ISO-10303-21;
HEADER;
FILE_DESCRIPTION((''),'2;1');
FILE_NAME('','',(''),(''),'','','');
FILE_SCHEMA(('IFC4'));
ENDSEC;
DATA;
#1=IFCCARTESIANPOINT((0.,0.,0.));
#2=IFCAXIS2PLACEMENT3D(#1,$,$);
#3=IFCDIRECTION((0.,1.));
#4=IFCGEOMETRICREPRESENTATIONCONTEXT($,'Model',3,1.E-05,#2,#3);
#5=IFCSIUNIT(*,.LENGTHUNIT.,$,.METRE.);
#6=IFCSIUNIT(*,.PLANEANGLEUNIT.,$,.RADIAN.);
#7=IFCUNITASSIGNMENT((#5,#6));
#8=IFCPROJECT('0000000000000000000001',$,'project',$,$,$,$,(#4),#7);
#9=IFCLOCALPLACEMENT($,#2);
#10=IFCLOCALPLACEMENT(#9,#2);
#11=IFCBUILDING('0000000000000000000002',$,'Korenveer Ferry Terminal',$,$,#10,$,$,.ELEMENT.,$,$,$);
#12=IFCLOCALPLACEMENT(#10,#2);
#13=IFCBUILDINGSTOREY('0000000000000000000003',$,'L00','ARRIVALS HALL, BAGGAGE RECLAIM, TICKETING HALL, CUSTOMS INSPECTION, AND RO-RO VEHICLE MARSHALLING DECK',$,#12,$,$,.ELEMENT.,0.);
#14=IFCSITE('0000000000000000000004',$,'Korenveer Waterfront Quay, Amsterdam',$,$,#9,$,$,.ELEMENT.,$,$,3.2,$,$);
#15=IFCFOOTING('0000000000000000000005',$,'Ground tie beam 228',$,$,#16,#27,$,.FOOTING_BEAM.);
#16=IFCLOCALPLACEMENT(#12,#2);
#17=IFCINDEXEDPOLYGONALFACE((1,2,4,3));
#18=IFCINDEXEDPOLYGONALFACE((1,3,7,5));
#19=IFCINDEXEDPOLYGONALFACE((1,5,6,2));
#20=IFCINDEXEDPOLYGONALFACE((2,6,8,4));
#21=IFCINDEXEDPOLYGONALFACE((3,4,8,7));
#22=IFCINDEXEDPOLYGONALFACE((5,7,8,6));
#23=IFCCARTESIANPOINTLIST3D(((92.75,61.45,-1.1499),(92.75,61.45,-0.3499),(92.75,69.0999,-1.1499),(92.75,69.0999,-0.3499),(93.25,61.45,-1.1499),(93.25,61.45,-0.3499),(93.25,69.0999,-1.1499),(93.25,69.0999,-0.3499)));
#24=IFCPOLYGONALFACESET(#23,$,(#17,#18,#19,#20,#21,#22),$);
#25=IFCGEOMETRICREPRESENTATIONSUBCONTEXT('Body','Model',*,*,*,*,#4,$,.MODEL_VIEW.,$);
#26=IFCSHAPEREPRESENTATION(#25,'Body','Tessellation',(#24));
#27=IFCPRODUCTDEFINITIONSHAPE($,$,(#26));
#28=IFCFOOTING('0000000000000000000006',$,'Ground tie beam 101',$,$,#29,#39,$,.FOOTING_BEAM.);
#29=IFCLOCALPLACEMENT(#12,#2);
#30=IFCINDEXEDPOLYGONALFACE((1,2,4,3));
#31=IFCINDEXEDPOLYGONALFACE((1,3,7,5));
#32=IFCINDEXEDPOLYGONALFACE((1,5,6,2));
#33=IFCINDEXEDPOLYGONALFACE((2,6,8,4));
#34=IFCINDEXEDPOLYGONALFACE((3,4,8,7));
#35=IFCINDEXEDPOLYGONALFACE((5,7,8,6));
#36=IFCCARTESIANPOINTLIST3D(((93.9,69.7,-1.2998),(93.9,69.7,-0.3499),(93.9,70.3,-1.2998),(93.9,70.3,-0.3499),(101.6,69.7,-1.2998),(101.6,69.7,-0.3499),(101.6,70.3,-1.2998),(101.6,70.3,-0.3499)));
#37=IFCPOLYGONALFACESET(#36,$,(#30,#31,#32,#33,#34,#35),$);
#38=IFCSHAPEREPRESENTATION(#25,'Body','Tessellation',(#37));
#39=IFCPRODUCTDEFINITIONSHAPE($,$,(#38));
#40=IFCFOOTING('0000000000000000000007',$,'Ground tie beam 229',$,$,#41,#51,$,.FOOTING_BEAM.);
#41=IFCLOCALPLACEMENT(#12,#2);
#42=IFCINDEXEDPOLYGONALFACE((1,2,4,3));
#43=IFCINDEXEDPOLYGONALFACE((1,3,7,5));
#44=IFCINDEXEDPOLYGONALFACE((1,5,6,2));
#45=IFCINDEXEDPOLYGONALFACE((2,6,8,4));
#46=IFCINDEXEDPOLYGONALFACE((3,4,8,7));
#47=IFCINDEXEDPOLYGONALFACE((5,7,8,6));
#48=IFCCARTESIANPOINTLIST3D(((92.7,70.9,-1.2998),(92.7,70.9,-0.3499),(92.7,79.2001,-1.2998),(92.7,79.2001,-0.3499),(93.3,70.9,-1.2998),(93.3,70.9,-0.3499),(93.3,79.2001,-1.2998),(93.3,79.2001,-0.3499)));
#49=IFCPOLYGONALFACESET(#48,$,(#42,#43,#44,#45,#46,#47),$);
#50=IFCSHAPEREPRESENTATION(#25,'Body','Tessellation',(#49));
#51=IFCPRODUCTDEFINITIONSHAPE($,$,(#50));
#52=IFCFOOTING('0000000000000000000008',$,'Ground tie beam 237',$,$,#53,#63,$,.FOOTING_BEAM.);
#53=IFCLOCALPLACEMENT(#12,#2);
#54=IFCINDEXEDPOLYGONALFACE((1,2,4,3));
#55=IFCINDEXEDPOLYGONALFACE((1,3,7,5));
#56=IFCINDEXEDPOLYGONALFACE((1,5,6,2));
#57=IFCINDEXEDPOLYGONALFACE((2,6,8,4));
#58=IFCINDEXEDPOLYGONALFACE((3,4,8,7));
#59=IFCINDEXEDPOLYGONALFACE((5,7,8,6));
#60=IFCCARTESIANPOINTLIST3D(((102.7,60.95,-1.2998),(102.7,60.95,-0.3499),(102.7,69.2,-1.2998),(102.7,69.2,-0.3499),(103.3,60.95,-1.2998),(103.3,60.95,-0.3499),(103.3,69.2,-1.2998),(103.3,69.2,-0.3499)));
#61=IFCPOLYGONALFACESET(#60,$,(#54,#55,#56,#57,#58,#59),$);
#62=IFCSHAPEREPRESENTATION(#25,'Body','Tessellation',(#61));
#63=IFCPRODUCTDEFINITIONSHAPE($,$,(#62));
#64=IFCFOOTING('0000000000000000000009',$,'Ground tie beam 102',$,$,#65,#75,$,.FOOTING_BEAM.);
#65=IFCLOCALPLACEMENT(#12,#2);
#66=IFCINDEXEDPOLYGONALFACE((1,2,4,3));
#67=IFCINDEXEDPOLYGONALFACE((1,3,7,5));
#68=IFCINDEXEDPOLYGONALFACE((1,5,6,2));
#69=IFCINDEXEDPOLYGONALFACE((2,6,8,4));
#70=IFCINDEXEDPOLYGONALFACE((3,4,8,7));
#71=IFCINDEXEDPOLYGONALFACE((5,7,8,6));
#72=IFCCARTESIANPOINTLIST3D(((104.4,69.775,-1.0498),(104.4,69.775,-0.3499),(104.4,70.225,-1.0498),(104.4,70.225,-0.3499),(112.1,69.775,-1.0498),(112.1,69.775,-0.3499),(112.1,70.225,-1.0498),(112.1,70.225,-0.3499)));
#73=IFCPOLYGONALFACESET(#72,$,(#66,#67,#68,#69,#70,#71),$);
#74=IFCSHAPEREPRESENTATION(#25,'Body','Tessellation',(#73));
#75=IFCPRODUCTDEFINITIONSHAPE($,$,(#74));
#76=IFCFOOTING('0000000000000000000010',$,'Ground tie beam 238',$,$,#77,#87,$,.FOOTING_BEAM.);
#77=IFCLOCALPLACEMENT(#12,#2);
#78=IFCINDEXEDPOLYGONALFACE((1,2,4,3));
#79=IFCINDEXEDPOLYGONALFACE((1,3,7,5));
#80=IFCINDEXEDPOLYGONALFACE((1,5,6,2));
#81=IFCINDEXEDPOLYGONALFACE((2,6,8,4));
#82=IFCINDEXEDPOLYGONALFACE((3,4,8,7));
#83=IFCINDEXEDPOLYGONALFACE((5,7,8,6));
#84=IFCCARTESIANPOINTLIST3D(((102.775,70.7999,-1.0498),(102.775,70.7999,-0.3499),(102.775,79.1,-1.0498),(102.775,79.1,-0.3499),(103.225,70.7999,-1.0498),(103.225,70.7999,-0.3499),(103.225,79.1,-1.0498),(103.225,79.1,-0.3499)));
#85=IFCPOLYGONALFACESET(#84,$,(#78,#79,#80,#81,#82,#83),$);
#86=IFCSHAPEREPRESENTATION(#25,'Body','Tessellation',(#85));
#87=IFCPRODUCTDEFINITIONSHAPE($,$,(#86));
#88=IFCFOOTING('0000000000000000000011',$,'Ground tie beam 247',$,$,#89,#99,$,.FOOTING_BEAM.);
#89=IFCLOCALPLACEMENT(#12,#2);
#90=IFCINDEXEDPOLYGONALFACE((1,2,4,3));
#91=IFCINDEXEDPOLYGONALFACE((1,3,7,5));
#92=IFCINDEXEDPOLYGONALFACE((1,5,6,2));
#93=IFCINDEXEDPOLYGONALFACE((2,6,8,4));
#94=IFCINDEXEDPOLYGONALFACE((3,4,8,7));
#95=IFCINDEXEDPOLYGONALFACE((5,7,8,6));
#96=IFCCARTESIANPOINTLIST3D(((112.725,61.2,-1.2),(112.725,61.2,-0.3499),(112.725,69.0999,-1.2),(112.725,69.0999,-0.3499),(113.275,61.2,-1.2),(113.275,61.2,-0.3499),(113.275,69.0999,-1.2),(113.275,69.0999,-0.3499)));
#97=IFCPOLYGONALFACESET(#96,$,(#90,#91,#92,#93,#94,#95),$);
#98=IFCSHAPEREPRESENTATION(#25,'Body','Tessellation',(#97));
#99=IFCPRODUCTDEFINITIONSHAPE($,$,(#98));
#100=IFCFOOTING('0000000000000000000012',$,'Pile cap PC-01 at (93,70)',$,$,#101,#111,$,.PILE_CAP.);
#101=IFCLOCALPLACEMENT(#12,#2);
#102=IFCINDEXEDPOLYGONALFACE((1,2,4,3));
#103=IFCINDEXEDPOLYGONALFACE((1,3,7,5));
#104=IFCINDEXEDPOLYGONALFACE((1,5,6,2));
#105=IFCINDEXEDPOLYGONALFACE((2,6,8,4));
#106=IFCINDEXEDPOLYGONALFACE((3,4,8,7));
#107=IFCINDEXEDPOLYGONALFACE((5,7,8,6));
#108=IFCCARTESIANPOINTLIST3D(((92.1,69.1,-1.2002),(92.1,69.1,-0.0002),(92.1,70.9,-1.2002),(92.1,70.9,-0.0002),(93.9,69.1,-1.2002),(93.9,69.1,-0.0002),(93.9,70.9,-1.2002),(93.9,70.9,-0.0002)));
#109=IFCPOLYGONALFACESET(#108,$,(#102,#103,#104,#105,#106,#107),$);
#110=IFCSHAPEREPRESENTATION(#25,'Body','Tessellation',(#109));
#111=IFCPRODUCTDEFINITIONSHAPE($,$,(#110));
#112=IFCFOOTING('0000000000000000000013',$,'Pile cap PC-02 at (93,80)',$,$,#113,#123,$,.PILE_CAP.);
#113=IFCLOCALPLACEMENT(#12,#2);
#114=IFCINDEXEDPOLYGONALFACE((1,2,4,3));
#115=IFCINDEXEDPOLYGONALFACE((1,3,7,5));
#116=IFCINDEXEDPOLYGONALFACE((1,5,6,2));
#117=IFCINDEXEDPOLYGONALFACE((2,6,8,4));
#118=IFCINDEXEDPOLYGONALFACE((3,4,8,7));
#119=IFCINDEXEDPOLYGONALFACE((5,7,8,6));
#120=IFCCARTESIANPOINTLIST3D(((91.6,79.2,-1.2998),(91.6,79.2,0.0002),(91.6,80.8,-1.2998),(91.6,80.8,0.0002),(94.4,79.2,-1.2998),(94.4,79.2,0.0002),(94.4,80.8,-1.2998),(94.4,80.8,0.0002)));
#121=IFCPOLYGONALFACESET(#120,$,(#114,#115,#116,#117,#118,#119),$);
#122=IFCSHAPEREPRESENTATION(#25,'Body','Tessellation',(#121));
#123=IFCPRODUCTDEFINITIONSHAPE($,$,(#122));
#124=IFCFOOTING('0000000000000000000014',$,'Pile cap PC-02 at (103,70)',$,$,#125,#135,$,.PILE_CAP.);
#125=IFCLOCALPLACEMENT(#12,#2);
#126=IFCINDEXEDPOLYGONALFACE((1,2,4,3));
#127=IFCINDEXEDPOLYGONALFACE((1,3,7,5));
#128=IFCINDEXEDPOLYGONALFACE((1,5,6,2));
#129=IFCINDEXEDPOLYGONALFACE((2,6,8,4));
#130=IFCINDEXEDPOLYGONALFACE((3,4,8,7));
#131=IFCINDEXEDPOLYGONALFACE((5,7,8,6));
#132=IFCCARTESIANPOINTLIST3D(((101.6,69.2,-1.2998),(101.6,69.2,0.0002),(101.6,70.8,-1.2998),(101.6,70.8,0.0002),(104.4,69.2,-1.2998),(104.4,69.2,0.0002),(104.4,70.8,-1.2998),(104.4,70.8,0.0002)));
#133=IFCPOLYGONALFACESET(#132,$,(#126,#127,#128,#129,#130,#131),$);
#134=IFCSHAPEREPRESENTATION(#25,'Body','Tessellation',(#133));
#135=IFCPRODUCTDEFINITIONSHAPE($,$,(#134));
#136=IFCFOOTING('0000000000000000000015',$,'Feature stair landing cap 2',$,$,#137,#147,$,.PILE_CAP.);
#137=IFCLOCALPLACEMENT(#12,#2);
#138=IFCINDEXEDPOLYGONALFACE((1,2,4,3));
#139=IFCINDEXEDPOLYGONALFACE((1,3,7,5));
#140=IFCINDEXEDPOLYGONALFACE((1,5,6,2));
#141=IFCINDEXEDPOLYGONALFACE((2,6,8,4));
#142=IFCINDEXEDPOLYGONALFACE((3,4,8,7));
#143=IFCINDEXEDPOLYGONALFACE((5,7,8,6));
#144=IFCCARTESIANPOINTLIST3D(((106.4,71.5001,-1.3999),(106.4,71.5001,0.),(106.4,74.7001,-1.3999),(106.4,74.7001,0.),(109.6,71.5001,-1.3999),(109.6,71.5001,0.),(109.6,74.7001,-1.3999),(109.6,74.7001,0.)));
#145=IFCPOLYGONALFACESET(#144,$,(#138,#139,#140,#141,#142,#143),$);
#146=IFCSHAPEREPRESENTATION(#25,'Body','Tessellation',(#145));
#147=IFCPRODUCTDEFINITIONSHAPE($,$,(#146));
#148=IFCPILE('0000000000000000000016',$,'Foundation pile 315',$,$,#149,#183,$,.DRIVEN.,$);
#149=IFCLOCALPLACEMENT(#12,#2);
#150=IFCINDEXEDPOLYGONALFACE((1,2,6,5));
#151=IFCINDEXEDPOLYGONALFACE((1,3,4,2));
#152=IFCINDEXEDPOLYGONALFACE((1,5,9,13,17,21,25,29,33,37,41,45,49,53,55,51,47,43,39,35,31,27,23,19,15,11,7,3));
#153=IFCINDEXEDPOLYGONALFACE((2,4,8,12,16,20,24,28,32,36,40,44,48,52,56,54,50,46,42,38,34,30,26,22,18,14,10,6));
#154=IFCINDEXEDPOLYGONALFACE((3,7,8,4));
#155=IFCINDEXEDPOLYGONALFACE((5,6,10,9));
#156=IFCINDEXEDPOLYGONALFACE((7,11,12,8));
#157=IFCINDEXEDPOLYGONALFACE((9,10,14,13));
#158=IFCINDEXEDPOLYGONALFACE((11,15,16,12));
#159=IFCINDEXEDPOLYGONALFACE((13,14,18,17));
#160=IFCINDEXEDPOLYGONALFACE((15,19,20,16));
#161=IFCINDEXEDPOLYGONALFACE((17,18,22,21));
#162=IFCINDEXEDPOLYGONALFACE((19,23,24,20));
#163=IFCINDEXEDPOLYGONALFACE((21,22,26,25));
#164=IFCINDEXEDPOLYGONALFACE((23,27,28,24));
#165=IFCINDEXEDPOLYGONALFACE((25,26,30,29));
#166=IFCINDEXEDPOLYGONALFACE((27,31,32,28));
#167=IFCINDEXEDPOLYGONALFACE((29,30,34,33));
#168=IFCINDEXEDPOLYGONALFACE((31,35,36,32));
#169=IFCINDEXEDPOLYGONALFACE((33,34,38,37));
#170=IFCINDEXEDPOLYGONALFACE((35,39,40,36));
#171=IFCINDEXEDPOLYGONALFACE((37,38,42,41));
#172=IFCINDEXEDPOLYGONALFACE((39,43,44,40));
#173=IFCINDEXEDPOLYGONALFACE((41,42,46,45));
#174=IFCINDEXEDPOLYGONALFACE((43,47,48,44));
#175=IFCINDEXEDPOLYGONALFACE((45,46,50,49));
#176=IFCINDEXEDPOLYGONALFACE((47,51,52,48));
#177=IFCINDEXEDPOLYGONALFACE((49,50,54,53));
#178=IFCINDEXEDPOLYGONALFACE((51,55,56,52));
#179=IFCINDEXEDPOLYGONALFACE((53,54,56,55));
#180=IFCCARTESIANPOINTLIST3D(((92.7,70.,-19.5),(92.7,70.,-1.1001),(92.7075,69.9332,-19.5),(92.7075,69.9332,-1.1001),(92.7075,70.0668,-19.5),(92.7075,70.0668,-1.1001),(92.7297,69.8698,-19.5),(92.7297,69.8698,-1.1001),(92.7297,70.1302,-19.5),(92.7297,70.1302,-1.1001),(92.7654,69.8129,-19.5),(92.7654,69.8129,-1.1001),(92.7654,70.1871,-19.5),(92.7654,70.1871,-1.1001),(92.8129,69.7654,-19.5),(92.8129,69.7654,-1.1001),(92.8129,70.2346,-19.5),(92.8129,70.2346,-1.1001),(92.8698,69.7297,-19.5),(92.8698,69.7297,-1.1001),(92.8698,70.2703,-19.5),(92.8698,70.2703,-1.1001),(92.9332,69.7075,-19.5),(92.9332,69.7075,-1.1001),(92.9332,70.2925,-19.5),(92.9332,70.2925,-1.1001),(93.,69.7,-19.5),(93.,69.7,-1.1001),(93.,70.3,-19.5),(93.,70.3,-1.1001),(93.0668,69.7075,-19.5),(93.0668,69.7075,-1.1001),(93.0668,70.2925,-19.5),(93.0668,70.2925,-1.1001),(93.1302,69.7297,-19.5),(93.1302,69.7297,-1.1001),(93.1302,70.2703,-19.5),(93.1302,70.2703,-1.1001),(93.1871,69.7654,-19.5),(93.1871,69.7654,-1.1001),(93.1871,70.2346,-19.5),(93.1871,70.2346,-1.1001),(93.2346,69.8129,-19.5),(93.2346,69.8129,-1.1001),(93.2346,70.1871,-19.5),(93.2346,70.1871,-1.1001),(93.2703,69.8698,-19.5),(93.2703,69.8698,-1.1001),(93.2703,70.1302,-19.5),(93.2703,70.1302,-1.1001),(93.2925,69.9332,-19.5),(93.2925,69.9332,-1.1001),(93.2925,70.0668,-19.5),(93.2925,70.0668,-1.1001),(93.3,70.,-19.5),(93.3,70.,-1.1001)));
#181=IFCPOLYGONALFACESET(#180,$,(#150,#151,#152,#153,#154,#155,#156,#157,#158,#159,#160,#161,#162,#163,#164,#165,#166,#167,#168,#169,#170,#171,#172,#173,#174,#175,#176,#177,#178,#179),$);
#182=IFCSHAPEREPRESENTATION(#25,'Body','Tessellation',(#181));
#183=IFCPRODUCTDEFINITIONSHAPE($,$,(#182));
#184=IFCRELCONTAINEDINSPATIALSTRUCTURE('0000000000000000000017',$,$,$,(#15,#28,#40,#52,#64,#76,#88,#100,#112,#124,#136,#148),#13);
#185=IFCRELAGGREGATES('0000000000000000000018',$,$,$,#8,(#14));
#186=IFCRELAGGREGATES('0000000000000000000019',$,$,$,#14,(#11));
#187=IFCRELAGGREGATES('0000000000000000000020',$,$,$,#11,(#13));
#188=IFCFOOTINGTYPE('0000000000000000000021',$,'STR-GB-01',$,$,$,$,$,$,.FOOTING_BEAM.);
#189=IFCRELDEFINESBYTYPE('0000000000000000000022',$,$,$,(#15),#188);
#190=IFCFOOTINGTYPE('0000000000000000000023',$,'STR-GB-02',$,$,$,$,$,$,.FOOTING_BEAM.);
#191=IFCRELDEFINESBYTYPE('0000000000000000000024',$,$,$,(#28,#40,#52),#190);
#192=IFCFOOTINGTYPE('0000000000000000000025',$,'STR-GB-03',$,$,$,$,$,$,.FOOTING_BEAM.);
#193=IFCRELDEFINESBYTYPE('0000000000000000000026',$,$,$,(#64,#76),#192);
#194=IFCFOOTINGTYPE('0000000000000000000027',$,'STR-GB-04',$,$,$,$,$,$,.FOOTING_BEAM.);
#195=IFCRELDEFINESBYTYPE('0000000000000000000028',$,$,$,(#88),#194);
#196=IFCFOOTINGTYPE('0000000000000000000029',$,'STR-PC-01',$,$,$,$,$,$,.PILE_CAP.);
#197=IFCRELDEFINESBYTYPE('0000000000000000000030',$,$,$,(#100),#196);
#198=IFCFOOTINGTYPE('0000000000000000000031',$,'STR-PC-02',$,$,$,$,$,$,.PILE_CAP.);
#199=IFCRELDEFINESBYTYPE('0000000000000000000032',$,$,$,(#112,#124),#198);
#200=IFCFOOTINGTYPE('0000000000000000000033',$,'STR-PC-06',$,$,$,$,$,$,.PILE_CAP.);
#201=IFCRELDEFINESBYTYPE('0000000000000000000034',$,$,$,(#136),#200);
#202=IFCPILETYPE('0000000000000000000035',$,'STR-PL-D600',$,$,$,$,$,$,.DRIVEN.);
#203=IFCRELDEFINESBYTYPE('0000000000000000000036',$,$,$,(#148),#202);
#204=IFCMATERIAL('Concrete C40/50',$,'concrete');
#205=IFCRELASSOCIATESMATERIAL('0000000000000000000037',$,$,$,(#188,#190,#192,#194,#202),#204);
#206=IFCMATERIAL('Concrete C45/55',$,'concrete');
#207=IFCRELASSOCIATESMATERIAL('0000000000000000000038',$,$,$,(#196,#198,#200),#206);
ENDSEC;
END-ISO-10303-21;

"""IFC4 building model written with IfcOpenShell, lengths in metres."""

from ifc_helpers import new_model, si_unit, direction, frame, origin, origin_2d, place, context, subcontext, project, spatial, rectangle, circle, extrude, material, material_profile, profile_set, type_object, element, save


model = new_model("IFC4")

# Units and contexts
model_context = context("Model", 3, precision=1e-05, world=origin(), true_north=direction((0.0, 1.0)))
body_context = subcontext(model_context, "Body", "Model", "MODEL_VIEW")
ifc_project = project(units=[si_unit("LENGTHUNIT", "METRE"), si_unit("PLANEANGLEUNIT", "RADIAN")], contexts=[model_context])

# Site, building, storey
site_placement = place(None, origin())
site = spatial("IfcSite", under=ifc_project, at=site_placement, Name="Korenveer Waterfront Quay, Amsterdam", CompositionType="ELEMENT", RefElevation=3.2)
building_placement = place(site_placement, origin())
building = spatial("IfcBuilding", under=site, at=building_placement, Name="Korenveer Ferry Terminal", CompositionType="ELEMENT")
storey_placement = place(building_placement, origin())
storey = spatial("IfcBuildingStorey", under=building, at=storey_placement, Name="L00", Description="ARRIVALS HALL, BAGGAGE RECLAIM, TICKETING HALL, CUSTOMS INSPECTION, AND RO-RO VEHICLE MARSHALLING DECK", CompositionType="ELEMENT", Elevation=0.0)

# Footings
ifc_material_1 = material(Name="Concrete C40/50", Category="concrete")
footing_type_1 = type_object("IfcFootingType", Name="STR-GB-01", PredefinedType="FOOTING_BEAM", material=ifc_material_1)
footing_1_placement = place(storey_placement, frame((93.0, 65.2749, -1.1499), z_axis=(0.0, 0.0, 1.0), x_axis=(1.0, 0.0, 0.0)))
element("IfcFooting", 1, at=footing_1_placement, inside=storey, type_object=footing_type_1, Name="Ground tie beam 228", PredefinedType="FOOTING_BEAM", context=body_context, shape_type="SweptSolid", body=[
    extrude(rectangle(XDim=0.5, YDim=7.6499, at=origin_2d()), origin(), (0.0, 0.0, 1.0), 0.8),
])
footing_type_2 = type_object("IfcFootingType", Name="STR-GB-02", PredefinedType="FOOTING_BEAM", material=ifc_material_1)
footing_2_placement = place(storey_placement, frame((97.75, 70.0, -1.2998), z_axis=(0.0, 0.0, 1.0), x_axis=(1.0, 0.0, 0.0)))
element("IfcFooting", 2, at=footing_2_placement, inside=storey, type_object=footing_type_2, Name="Ground tie beam 101", PredefinedType="FOOTING_BEAM", context=body_context, shape_type="SweptSolid", body=[
    extrude(rectangle(XDim=7.7, YDim=0.6001, at=origin_2d()), origin(), (0.0, 0.0, 1.0), 0.95),
])
footing_3_placement = place(storey_placement, frame((93.0, 75.05, -1.2998), z_axis=(0.0, 0.0, 1.0), x_axis=(1.0, 0.0, 0.0)))
element("IfcFooting", 3, at=footing_3_placement, inside=storey, type_object=footing_type_2, Name="Ground tie beam 229", PredefinedType="FOOTING_BEAM", context=body_context, shape_type="SweptSolid", body=[
    extrude(rectangle(XDim=0.6001, YDim=8.3, at=origin_2d()), origin(), (0.0, 0.0, 1.0), 0.95),
])
footing_4_placement = place(storey_placement, frame((103.0, 65.075, -1.2998), z_axis=(0.0, 0.0, 1.0), x_axis=(1.0, 0.0, 0.0)))
element("IfcFooting", 4, at=footing_4_placement, inside=storey, type_object=footing_type_2, Name="Ground tie beam 237", PredefinedType="FOOTING_BEAM", context=body_context, shape_type="SweptSolid", body=[
    extrude(rectangle(XDim=0.6001, YDim=8.25, at=origin_2d()), origin(), (0.0, 0.0, 1.0), 0.95),
])
footing_type_3 = type_object("IfcFootingType", Name="STR-GB-03", PredefinedType="FOOTING_BEAM", material=ifc_material_1)
footing_5_placement = place(storey_placement, frame((108.25, 70.0, -1.0498), z_axis=(0.0, 0.0, 1.0), x_axis=(1.0, 0.0, 0.0)))
element("IfcFooting", 5, at=footing_5_placement, inside=storey, type_object=footing_type_3, Name="Ground tie beam 102", PredefinedType="FOOTING_BEAM", context=body_context, shape_type="SweptSolid", body=[
    extrude(rectangle(XDim=7.7, YDim=0.45, at=origin_2d()), origin(), (0.0, 0.0, 1.0), 0.7),
])
footing_6_placement = place(storey_placement, frame((103.0, 74.95, -1.0498), z_axis=(0.0, 0.0, 1.0), x_axis=(1.0, 0.0, 0.0)))
element("IfcFooting", 6, at=footing_6_placement, inside=storey, type_object=footing_type_3, Name="Ground tie beam 238", PredefinedType="FOOTING_BEAM", context=body_context, shape_type="SweptSolid", body=[
    extrude(rectangle(XDim=0.45, YDim=8.3, at=origin_2d()), origin(), (0.0, 0.0, 1.0), 0.7),
])
footing_type_4 = type_object("IfcFootingType", Name="STR-GB-04", PredefinedType="FOOTING_BEAM", material=ifc_material_1)
footing_7_placement = place(storey_placement, frame((113.0, 65.1499, -1.2), z_axis=(0.0, 0.0, 1.0), x_axis=(1.0, 0.0, 0.0)))
element("IfcFooting", 7, at=footing_7_placement, inside=storey, type_object=footing_type_4, Name="Ground tie beam 247", PredefinedType="FOOTING_BEAM", context=body_context, shape_type="SweptSolid", body=[
    extrude(rectangle(XDim=0.55, YDim=7.8999, at=origin_2d()), origin(), (0.0, 0.0, 1.0), 0.8501),
])
ifc_material_2 = material(Name="Concrete C45/55", Category="concrete")
footing_type_5 = type_object("IfcFootingType", Name="STR-PC-01", PredefinedType="PILE_CAP", material=ifc_material_2)
footing_8_placement = place(storey_placement, frame((93.0, 70.0, -1.2002), z_axis=(0.0, 0.0, 1.0), x_axis=(1.0, 0.0, 0.0)))
element("IfcFooting", 8, at=footing_8_placement, inside=storey, type_object=footing_type_5, Name="Pile cap PC-01 at (93,70)", PredefinedType="PILE_CAP", context=body_context, shape_type="SweptSolid", body=[
    extrude(rectangle(XDim=1.8, YDim=1.8, at=origin_2d()), origin(), (0.0, 0.0, 1.0), 1.2),
])
footing_type_6 = type_object("IfcFootingType", Name="STR-PC-02", PredefinedType="PILE_CAP", material=ifc_material_2)
for number, where, z_axis, x_axis, name in (
    (9, (93.0, 80.0, -1.2998), (0.0, 0.0, 1.0), (1.0, 0.0, 0.0), "Pile cap PC-02 at (93,80)"),
    (10, (103.0, 70.0, -1.2998), (0.0, 0.0, 1.0), (1.0, 0.0, 0.0), "Pile cap PC-02 at (103,70)"),
):
    element("IfcFooting", number, at=place(storey_placement, frame(where, z_axis=z_axis, x_axis=x_axis)), inside=storey, type_object=footing_type_6, Name=name, PredefinedType="PILE_CAP", context=body_context, shape_type="SweptSolid", body=[
        extrude(rectangle(XDim=2.8, YDim=1.6001, at=origin_2d()), origin(), (0.0, 0.0, 1.0), 1.3),
    ])
footing_type_7 = type_object("IfcFootingType", Name="STR-PC-06", PredefinedType="PILE_CAP", material=ifc_material_2)
footing_9_placement = place(storey_placement, frame((108.0, 73.1001, -1.3999), z_axis=(0.0, 0.0, 1.0), x_axis=(1.0, 0.0, 0.0)))
element("IfcFooting", 11, at=footing_9_placement, inside=storey, type_object=footing_type_7, Name="Feature stair landing cap 2", PredefinedType="PILE_CAP", context=body_context, shape_type="SweptSolid", body=[
    extrude(rectangle(XDim=3.2, YDim=3.2, at=origin_2d()), origin(), (0.0, 0.0, 1.0), 1.3999),
])

# Pile
ifc_material_profile_1 = material_profile(ifc_material_1, circle(Radius=0.3, at=origin_2d()), Name="PILE D600")
ifc_profile_set_1 = profile_set([ifc_material_profile_1], Name="Concrete C40/50")
pile_type = type_object("IfcPileType", Name="STR-PL-D600", PredefinedType="DRIVEN", material=ifc_profile_set_1)
pile_placement = place(storey_placement, frame((93.0, 70.0, -1.1001), z_axis=(0.0, 0.0, -1.0), x_axis=(1.0, 0.0, 0.0)))
element("IfcPile", 12, at=pile_placement, inside=storey, type_object=pile_type, Name="Foundation pile 315", PredefinedType="DRIVEN", context=body_context, shape_type="SweptSolid", body=[
    extrude(circle(Radius=0.3, at=origin_2d()), origin(), (0.0, 0.0, 1.0), 18.3999),
])

save(model, "model.ifc")
